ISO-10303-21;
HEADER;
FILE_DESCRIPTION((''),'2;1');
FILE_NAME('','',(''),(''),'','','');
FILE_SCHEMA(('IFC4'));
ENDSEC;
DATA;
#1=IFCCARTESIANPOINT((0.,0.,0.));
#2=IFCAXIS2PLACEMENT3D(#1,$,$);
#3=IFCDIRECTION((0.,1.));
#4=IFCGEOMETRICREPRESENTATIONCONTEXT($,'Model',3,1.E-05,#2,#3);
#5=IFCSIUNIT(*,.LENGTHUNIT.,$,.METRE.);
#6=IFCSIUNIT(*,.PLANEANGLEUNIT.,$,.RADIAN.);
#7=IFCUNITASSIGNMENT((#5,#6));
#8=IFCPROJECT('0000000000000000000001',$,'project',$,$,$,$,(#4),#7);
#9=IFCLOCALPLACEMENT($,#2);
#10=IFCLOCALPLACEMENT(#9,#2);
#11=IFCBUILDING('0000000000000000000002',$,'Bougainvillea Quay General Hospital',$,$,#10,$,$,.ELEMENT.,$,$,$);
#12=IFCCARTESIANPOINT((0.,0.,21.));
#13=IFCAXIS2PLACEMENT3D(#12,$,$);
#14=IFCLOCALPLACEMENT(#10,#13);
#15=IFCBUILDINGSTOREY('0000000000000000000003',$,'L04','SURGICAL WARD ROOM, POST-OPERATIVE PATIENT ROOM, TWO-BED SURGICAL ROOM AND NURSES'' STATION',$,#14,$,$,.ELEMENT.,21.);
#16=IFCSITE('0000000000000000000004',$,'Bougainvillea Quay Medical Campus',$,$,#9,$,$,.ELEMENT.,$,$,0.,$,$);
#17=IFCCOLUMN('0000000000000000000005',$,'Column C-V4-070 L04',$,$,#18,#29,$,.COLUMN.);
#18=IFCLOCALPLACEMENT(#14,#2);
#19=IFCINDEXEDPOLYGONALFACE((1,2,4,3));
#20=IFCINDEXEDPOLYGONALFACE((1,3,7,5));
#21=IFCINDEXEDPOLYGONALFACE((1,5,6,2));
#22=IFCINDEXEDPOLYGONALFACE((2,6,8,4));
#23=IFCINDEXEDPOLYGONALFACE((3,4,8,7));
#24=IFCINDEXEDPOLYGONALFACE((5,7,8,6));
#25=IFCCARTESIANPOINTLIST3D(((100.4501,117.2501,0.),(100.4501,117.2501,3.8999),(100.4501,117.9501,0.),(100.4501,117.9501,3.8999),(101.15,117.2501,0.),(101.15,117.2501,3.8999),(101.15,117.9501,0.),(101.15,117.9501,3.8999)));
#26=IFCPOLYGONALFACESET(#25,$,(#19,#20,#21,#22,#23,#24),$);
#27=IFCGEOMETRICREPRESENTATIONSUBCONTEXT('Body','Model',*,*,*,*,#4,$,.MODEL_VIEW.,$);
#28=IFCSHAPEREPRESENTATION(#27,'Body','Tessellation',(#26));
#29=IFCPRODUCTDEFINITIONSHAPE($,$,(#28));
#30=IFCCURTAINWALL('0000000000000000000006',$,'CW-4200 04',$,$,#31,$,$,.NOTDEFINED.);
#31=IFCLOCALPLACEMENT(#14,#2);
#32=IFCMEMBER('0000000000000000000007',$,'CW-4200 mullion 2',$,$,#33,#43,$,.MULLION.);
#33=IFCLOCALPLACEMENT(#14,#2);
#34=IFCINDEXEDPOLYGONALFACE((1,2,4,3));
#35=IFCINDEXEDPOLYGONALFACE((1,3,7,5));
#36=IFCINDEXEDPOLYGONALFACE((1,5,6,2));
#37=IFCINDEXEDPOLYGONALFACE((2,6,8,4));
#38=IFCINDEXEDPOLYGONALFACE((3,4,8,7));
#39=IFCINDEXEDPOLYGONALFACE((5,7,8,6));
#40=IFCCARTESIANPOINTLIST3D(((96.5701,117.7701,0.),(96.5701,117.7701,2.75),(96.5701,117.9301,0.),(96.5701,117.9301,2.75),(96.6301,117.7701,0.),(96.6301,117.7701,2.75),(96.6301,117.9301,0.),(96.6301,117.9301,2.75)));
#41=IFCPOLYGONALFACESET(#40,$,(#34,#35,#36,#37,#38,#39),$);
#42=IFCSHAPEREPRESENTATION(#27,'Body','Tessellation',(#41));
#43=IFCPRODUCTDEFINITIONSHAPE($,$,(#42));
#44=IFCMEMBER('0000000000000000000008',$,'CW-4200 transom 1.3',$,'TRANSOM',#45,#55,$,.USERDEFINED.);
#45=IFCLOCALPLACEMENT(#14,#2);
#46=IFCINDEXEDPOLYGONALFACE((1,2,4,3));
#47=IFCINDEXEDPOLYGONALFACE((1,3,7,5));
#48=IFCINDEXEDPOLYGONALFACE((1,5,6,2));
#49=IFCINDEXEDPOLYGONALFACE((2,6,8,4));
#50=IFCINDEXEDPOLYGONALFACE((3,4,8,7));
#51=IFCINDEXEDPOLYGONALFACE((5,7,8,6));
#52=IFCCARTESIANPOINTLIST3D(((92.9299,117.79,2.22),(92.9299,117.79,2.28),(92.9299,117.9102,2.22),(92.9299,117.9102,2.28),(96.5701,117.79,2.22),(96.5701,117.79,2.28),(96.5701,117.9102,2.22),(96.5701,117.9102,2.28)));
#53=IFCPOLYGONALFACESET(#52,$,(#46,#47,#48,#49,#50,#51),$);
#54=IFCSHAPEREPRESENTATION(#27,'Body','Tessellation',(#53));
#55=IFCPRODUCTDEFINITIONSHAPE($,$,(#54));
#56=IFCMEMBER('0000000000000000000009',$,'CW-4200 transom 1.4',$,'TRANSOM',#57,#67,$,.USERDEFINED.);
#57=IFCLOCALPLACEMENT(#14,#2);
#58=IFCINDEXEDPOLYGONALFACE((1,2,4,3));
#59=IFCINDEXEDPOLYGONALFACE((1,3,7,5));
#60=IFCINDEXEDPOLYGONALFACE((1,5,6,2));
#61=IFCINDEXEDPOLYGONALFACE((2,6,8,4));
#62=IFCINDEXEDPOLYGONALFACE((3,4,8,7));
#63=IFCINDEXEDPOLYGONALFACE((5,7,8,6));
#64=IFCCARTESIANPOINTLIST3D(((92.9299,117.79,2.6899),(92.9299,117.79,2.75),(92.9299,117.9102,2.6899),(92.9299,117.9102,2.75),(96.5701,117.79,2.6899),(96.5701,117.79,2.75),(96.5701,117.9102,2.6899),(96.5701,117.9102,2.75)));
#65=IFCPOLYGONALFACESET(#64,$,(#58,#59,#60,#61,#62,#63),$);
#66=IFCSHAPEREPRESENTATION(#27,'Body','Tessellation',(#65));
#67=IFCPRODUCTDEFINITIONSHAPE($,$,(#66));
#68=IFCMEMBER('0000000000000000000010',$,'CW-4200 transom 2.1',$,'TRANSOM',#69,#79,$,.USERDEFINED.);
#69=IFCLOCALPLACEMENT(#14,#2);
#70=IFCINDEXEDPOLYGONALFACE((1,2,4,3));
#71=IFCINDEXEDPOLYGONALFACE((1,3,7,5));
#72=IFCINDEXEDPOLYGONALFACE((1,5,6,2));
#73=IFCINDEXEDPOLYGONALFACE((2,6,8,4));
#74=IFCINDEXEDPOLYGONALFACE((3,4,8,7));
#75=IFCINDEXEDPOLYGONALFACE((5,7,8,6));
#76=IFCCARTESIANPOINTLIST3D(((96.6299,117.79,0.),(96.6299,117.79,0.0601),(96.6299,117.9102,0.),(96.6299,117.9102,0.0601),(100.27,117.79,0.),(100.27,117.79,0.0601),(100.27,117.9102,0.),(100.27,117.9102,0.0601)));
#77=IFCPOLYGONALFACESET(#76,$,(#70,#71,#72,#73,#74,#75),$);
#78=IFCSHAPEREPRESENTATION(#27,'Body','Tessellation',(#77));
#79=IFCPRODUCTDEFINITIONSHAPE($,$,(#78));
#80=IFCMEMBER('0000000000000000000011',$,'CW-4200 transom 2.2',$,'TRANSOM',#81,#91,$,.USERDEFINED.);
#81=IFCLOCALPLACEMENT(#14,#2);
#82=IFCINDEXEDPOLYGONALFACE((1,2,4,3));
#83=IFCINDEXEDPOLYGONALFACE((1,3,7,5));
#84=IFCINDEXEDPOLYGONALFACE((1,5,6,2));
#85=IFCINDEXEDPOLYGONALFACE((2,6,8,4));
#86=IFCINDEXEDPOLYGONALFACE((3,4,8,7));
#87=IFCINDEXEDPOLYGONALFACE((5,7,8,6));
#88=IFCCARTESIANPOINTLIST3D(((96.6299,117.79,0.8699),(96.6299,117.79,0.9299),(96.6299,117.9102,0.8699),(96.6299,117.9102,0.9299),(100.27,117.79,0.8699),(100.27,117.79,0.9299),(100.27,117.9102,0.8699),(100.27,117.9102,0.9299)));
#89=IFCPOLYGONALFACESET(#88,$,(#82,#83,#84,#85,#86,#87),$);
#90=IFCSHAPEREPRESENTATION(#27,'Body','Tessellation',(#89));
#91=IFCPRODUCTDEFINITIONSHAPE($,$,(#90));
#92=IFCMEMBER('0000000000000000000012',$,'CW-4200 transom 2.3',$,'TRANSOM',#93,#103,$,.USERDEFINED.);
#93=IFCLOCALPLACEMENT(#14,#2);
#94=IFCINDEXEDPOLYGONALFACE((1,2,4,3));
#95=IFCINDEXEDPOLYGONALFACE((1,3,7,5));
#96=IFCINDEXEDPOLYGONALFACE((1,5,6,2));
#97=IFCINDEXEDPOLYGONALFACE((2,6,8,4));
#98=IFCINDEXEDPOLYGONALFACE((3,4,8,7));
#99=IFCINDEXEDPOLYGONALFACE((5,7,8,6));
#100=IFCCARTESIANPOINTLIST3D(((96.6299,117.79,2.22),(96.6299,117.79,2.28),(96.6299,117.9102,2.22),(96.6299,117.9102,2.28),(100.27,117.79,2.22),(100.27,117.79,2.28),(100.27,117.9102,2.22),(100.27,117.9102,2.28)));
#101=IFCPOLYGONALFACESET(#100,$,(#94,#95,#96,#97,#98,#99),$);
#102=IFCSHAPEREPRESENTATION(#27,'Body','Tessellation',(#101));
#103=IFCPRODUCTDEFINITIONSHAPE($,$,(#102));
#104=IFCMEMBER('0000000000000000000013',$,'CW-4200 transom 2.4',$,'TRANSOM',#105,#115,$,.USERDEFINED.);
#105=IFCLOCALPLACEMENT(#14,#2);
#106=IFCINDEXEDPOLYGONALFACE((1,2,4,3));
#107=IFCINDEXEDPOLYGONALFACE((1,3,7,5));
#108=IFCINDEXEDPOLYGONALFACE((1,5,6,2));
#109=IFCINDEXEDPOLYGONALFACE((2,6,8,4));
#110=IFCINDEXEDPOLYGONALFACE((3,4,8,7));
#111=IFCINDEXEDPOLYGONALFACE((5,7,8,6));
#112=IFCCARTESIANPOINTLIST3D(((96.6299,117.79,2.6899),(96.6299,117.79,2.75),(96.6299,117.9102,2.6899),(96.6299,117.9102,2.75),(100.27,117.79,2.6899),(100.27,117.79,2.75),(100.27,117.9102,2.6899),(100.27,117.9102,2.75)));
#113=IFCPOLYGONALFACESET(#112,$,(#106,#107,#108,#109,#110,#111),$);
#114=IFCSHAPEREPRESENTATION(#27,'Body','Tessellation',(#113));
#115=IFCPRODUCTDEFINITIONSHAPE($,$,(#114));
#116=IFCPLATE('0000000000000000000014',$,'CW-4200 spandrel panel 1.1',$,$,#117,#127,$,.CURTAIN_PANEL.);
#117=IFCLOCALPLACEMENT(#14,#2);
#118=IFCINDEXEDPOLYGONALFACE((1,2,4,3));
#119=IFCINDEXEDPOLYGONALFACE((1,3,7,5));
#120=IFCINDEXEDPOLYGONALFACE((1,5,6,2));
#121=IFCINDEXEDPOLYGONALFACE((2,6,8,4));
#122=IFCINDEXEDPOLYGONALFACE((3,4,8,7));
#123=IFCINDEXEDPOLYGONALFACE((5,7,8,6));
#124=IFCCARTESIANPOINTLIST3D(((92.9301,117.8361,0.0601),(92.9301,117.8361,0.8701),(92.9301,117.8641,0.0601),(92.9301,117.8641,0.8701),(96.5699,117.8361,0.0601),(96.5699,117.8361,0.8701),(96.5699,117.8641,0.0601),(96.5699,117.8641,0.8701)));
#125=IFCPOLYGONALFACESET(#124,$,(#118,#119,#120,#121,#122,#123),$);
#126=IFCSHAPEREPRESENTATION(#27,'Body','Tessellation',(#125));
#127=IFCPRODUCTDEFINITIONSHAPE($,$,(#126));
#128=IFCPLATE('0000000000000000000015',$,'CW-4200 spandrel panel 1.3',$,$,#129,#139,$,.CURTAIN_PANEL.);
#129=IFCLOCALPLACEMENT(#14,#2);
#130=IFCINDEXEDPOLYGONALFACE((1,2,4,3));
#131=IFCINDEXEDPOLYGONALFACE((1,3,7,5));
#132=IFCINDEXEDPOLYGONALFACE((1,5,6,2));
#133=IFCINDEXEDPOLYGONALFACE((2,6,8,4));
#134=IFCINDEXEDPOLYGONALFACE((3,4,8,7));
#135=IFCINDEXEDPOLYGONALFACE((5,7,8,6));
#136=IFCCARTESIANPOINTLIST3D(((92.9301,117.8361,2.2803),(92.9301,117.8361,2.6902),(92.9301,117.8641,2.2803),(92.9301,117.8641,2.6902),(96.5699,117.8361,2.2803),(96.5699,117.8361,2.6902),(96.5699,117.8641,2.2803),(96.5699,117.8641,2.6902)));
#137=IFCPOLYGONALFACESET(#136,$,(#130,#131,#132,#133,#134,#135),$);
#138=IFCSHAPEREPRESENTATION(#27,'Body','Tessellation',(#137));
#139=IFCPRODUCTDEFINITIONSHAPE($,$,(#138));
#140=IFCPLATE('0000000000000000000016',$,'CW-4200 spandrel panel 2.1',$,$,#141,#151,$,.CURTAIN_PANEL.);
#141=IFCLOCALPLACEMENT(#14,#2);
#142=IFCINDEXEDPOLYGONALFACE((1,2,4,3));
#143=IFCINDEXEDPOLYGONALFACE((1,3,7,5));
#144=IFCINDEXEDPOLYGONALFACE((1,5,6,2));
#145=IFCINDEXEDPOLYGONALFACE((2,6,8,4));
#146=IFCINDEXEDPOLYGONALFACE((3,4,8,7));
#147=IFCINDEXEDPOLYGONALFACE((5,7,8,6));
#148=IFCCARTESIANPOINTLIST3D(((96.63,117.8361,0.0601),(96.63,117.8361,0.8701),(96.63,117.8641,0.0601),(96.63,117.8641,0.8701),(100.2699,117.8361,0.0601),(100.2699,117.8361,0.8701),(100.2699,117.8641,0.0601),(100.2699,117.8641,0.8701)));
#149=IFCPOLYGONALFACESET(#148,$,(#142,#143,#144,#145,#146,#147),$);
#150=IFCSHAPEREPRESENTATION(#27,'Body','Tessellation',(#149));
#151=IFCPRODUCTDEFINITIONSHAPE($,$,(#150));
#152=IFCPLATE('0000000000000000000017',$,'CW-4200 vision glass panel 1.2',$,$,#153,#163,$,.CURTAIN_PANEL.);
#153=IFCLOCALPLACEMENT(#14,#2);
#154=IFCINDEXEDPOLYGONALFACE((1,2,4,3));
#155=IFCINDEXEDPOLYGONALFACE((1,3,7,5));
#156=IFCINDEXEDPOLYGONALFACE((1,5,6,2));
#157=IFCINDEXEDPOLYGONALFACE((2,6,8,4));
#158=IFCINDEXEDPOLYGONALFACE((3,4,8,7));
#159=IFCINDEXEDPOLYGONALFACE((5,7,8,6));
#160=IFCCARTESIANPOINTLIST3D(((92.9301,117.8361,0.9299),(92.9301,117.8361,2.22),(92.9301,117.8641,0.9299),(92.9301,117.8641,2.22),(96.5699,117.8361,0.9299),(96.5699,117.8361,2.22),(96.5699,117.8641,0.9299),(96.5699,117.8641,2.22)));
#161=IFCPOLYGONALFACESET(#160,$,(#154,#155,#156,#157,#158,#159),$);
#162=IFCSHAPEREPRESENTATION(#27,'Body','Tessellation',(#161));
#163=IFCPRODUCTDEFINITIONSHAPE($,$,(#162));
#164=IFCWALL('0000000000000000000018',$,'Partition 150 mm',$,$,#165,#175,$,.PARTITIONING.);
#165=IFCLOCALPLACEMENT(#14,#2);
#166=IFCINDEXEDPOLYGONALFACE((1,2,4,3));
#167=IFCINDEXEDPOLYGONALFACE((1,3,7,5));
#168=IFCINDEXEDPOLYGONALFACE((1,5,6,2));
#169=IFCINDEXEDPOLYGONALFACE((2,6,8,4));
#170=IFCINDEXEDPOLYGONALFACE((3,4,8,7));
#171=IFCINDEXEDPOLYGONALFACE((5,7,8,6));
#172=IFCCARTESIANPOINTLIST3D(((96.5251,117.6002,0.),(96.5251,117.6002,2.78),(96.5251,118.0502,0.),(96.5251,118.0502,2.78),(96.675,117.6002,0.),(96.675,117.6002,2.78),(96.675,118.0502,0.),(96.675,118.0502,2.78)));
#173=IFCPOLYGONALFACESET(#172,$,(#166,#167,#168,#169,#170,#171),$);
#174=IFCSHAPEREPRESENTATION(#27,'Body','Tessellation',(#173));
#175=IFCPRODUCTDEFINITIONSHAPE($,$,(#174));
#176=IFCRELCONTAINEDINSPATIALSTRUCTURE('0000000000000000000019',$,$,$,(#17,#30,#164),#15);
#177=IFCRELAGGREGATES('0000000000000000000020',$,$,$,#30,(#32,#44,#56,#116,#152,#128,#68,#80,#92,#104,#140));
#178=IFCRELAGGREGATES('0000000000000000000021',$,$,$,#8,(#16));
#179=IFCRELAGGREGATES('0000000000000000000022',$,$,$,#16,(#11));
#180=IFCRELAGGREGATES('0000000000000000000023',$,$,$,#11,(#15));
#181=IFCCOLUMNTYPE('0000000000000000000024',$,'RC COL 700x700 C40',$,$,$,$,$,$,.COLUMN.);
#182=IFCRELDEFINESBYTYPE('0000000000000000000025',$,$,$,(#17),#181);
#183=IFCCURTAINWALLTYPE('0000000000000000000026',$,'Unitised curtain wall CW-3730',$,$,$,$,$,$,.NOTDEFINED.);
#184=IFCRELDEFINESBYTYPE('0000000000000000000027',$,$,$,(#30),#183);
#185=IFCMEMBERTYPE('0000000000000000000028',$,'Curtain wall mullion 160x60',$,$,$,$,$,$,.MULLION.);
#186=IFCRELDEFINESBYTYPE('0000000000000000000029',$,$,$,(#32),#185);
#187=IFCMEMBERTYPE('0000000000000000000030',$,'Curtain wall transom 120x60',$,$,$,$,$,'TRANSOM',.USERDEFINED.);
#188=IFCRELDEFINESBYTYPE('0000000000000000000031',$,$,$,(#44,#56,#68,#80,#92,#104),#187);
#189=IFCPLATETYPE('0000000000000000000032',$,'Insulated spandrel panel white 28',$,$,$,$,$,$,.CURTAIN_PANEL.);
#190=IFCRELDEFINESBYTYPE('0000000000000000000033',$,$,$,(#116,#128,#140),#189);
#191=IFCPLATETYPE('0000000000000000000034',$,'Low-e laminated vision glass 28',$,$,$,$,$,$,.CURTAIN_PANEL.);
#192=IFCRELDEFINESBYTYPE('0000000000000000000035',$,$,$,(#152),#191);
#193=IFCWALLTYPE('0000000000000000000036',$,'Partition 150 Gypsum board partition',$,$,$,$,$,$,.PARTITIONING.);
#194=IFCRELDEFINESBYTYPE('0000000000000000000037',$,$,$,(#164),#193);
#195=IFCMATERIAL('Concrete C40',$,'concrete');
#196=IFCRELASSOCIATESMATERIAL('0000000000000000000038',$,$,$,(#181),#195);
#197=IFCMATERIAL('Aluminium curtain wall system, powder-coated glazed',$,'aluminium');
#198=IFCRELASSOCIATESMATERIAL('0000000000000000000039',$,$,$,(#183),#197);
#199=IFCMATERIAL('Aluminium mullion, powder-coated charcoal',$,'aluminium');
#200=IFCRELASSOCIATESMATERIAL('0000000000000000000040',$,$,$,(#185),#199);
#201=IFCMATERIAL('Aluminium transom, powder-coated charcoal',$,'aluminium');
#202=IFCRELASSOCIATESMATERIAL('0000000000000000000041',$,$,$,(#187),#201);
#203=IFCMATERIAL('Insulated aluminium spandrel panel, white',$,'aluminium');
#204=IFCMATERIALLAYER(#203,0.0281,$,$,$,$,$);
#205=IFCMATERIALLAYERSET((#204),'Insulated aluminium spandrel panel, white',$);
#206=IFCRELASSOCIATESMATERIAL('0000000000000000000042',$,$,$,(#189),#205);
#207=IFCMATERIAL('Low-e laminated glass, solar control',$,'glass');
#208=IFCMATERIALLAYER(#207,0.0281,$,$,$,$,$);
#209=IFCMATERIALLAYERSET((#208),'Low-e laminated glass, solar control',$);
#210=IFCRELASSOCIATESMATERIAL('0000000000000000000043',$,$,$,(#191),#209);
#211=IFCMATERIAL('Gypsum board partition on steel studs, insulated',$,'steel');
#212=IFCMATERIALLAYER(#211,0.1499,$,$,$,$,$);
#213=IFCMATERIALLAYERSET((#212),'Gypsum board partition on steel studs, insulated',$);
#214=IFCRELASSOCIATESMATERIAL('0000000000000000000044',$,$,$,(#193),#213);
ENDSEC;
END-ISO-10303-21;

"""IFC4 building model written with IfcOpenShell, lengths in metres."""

from ifc_helpers import new_model, si_unit, direction, frame, frame_2d, origin, origin_2d, place, context, subcontext, project, spatial, rectangle, extrude, material, layer, layer_set, material_profile, profile_set, type_object, element, aggregate, save


model = new_model("IFC4")

# Units and contexts
model_context = context("Model", 3, precision=1e-05, world=origin(), true_north=direction((0.0, 1.0)))
body_context = subcontext(model_context, "Body", "Model", "MODEL_VIEW")
ifc_project = project(units=[si_unit("LENGTHUNIT", "METRE"), si_unit("PLANEANGLEUNIT", "RADIAN")], contexts=[model_context])

# Site, building, storey
site_placement = place(None, origin())
site = spatial("IfcSite", under=ifc_project, at=site_placement, Name="Bougainvillea Quay Medical Campus", CompositionType="ELEMENT", RefElevation=0.0)
building_placement = place(site_placement, origin())
building = spatial("IfcBuilding", under=site, at=building_placement, Name="Bougainvillea Quay General Hospital", CompositionType="ELEMENT")
storey_placement = place(building_placement, frame((0.0, 0.0, 21.0)))
storey = spatial("IfcBuildingStorey", under=building, at=storey_placement, Name="L04", Description="SURGICAL WARD ROOM, POST-OPERATIVE PATIENT ROOM, TWO-BED SURGICAL ROOM AND NURSES' STATION", CompositionType="ELEMENT", Elevation=21.0)

# Column
ifc_material_1 = material(Name="Concrete C40", Category="concrete")
ifc_material_profile_1 = material_profile(ifc_material_1, rectangle(XDim=0.7, YDim=0.7, at=origin_2d()))
ifc_profile_set_1 = profile_set([ifc_material_profile_1], Name="Concrete C40")
column_type = type_object("IfcColumnType", Name="RC COL 700x700 C40", PredefinedType="COLUMN", material=ifc_profile_set_1)
column_placement = place(storey_placement, frame((100.8, 117.6001, 0.0), z_axis=(0.0, 0.0, 1.0), x_axis=(1.0, 0.0, 0.0)))
element("IfcColumn", 1, at=column_placement, inside=storey, type_object=column_type, Name="Column C-V4-070 L04", PredefinedType="COLUMN", context=body_context, shape_type="SweptSolid", body=[
    extrude(rectangle(XDim=0.7, YDim=0.7, at=origin_2d()), origin(), (0.0, 0.0, 1.0), 3.8999),
])

# Curtain wall, members, plates
ifc_material_2 = material(Name="Aluminium curtain wall system, powder-coated glazed", Category="aluminium")
curtain_wall_type = type_object("IfcCurtainWallType", Name="Unitised curtain wall CW-3730", PredefinedType="NOTDEFINED", material=ifc_material_2)
curtain_wall_placement = place(storey_placement, origin())
curtain_wall = element("IfcCurtainWall", 2, at=curtain_wall_placement, inside=storey, type_object=curtain_wall_type, Name="CW-4200 04", PredefinedType="NOTDEFINED")
ifc_material_3 = material(Name="Aluminium mullion, powder-coated charcoal", Category="aluminium")
ifc_material_profile_2 = material_profile(ifc_material_3, rectangle(XDim=0.1599, YDim=0.0601, at=origin_2d()))
ifc_profile_set_2 = profile_set([ifc_material_profile_2], Name="Aluminium mullion, powder-coated charcoal")
member_type_1 = type_object("IfcMemberType", Name="Curtain wall mullion 160x60", PredefinedType="MULLION", material=ifc_profile_set_2)
member_1_placement = place(storey_placement, frame((96.6001, 117.8501, 0.0), z_axis=(0.0, 0.0, 1.0), x_axis=(0.0, 1.0, 0.0)))
member_1 = element("IfcMember", 3, at=member_1_placement, type_object=member_type_1, Name="CW-4200 mullion 2", PredefinedType="MULLION", context=body_context, shape_type="SweptSolid", body=[
    extrude(rectangle(XDim=0.1599, YDim=0.0601, at=origin_2d()), origin(), (0.0, 0.0, 1.0), 2.75),
])
ifc_material_4 = material(Name="Aluminium transom, powder-coated charcoal", Category="aluminium")
ifc_material_profile_3 = material_profile(ifc_material_4, rectangle(XDim=0.1201, YDim=0.0601, at=origin_2d()))
ifc_profile_set_3 = profile_set([ifc_material_profile_3], Name="Aluminium transom, powder-coated charcoal")
member_type_2 = type_object("IfcMemberType", Name="Curtain wall transom 120x60", ElementType="TRANSOM", PredefinedType="USERDEFINED", material=ifc_profile_set_3)
member_2_placement = place(storey_placement, frame((92.9299, 117.8501, 2.25), z_axis=(1.0, 0.0, 0.0), x_axis=(0.0, 1.0, 0.0)))
member_2 = element("IfcMember", 4, at=member_2_placement, type_object=member_type_2, Name="CW-4200 transom 1.3", ObjectType="TRANSOM", PredefinedType="USERDEFINED", context=body_context, shape_type="SweptSolid", body=[
    extrude(rectangle(XDim=0.1201, YDim=0.0601, at=origin_2d()), origin(), (0.0, 0.0, 1.0), 3.6401),
])
member_3_placement = place(storey_placement, frame((92.9299, 117.8501, 2.72), z_axis=(1.0, 0.0, 0.0), x_axis=(0.0, 1.0, 0.0)))
member_3 = element("IfcMember", 5, at=member_3_placement, type_object=member_type_2, Name="CW-4200 transom 1.4", ObjectType="TRANSOM", PredefinedType="USERDEFINED", context=body_context, shape_type="SweptSolid", body=[
    extrude(rectangle(XDim=0.1201, YDim=0.0601, at=origin_2d()), origin(), (0.0, 0.0, 1.0), 3.6401),
])
member_4_placement = place(storey_placement, frame((96.6299, 117.8501, 0.03), z_axis=(1.0, 0.0, 0.0), x_axis=(0.0, 1.0, 0.0)))
member_4 = element("IfcMember", 6, at=member_4_placement, type_object=member_type_2, Name="CW-4200 transom 2.1", ObjectType="TRANSOM", PredefinedType="USERDEFINED", context=body_context, shape_type="SweptSolid", body=[
    extrude(rectangle(XDim=0.1201, YDim=0.0601, at=origin_2d()), origin(), (0.0, 0.0, 1.0), 3.6401),
])
member_5_placement = place(storey_placement, frame((96.6299, 117.8501, 0.8999), z_axis=(1.0, 0.0, 0.0), x_axis=(0.0, 1.0, 0.0)))
member_5 = element("IfcMember", 7, at=member_5_placement, type_object=member_type_2, Name="CW-4200 transom 2.2", ObjectType="TRANSOM", PredefinedType="USERDEFINED", context=body_context, shape_type="SweptSolid", body=[
    extrude(rectangle(XDim=0.1201, YDim=0.0601, at=origin_2d()), origin(), (0.0, 0.0, 1.0), 3.6401),
])
member_6_placement = place(storey_placement, frame((96.6299, 117.8501, 2.25), z_axis=(1.0, 0.0, 0.0), x_axis=(0.0, 1.0, 0.0)))
member_6 = element("IfcMember", 8, at=member_6_placement, type_object=member_type_2, Name="CW-4200 transom 2.3", ObjectType="TRANSOM", PredefinedType="USERDEFINED", context=body_context, shape_type="SweptSolid", body=[
    extrude(rectangle(XDim=0.1201, YDim=0.0601, at=origin_2d()), origin(), (0.0, 0.0, 1.0), 3.6401),
])
member_7_placement = place(storey_placement, frame((96.6299, 117.8501, 2.72), z_axis=(1.0, 0.0, 0.0), x_axis=(0.0, 1.0, 0.0)))
member_7 = element("IfcMember", 9, at=member_7_placement, type_object=member_type_2, Name="CW-4200 transom 2.4", ObjectType="TRANSOM", PredefinedType="USERDEFINED", context=body_context, shape_type="SweptSolid", body=[
    extrude(rectangle(XDim=0.1201, YDim=0.0601, at=origin_2d()), origin(), (0.0, 0.0, 1.0), 3.6401),
])
ifc_material_5 = material(Name="Insulated aluminium spandrel panel, white", Category="aluminium")
ifc_layer_1 = layer(ifc_material_5, 0.0281)
ifc_layer_set_1 = layer_set([ifc_layer_1], Name="Insulated aluminium spandrel panel, white")
plate_type_1 = type_object("IfcPlateType", Name="Insulated spandrel panel white 28", PredefinedType="CURTAIN_PANEL", material=ifc_layer_set_1)
plate_1_placement = place(storey_placement, frame((94.75, 117.8501, 0.0601), z_axis=(0.0, 0.0, 1.0), x_axis=(1.0, 0.0, 0.0)))
plate_1 = element("IfcPlate", 10, at=plate_1_placement, type_object=plate_type_1, Name="CW-4200 spandrel panel 1.1", PredefinedType="CURTAIN_PANEL", context=body_context, shape_type="SweptSolid", body=[
    extrude(rectangle(XDim=3.6399, YDim=0.0281, at=origin_2d()), origin(), (0.0, 0.0, 1.0), 0.8101),
])
plate_2_placement = place(storey_placement, frame((94.75, 117.8501, 2.2803), z_axis=(0.0, 0.0, 1.0), x_axis=(1.0, 0.0, 0.0)))
plate_2 = element("IfcPlate", 11, at=plate_2_placement, type_object=plate_type_1, Name="CW-4200 spandrel panel 1.3", PredefinedType="CURTAIN_PANEL", context=body_context, shape_type="SweptSolid", body=[
    extrude(rectangle(XDim=3.6399, YDim=0.0281, at=origin_2d()), origin(), (0.0, 0.0, 1.0), 0.4099),
])
plate_3_placement = place(storey_placement, frame((98.45, 117.8501, 0.0601), z_axis=(0.0, 0.0, 1.0), x_axis=(1.0, 0.0, 0.0)))
plate_3 = element("IfcPlate", 12, at=plate_3_placement, type_object=plate_type_1, Name="CW-4200 spandrel panel 2.1", PredefinedType="CURTAIN_PANEL", context=body_context, shape_type="SweptSolid", body=[
    extrude(rectangle(XDim=3.6399, YDim=0.0281, at=origin_2d()), origin(), (0.0, 0.0, 1.0), 0.8101),
])
ifc_material_6 = material(Name="Low-e laminated glass, solar control", Category="glass")
ifc_layer_2 = layer(ifc_material_6, 0.0281)
ifc_layer_set_2 = layer_set([ifc_layer_2], Name="Low-e laminated glass, solar control")
plate_type_2 = type_object("IfcPlateType", Name="Low-e laminated vision glass 28", PredefinedType="CURTAIN_PANEL", material=ifc_layer_set_2)
plate_4_placement = place(storey_placement, frame((94.75, 117.8501, 0.9299), z_axis=(0.0, 0.0, 1.0), x_axis=(1.0, 0.0, 0.0)))
plate_4 = element("IfcPlate", 13, at=plate_4_placement, type_object=plate_type_2, Name="CW-4200 vision glass panel 1.2", PredefinedType="CURTAIN_PANEL", context=body_context, shape_type="SweptSolid", body=[
    extrude(rectangle(XDim=3.6399, YDim=0.0281, at=origin_2d()), origin(), (0.0, 0.0, 1.0), 1.29),
])
aggregate(curtain_wall, [member_1, member_2, member_3, plate_1, plate_4, plate_2, member_4, member_5, member_6, member_7, plate_3])

# Wall
ifc_material_7 = material(Name="Gypsum board partition on steel studs, insulated", Category="steel")
ifc_layer_3 = layer(ifc_material_7, 0.1499)
ifc_layer_set_3 = layer_set([ifc_layer_3], Name="Gypsum board partition on steel studs, insulated")
wall_type = type_object("IfcWallType", Name="Partition 150 Gypsum board partition", PredefinedType="PARTITIONING", material=ifc_layer_set_3)
wall_placement = place(storey_placement, frame((96.6001, 117.6001, 0.0), z_axis=(0.0, 0.0, 1.0), x_axis=(0.0, 1.0, 0.0)))
element("IfcWall", 14, at=wall_placement, inside=storey, type_object=wall_type, Name="Partition 150 mm", PredefinedType="PARTITIONING", context=body_context, shape_type="SweptSolid", body=[
    extrude(rectangle(XDim=0.45, YDim=0.1499, at=frame_2d((0.2251, 0.0))), origin(), (0.0, 0.0, 1.0), 2.78),
])

save(model, "model.ifc")
